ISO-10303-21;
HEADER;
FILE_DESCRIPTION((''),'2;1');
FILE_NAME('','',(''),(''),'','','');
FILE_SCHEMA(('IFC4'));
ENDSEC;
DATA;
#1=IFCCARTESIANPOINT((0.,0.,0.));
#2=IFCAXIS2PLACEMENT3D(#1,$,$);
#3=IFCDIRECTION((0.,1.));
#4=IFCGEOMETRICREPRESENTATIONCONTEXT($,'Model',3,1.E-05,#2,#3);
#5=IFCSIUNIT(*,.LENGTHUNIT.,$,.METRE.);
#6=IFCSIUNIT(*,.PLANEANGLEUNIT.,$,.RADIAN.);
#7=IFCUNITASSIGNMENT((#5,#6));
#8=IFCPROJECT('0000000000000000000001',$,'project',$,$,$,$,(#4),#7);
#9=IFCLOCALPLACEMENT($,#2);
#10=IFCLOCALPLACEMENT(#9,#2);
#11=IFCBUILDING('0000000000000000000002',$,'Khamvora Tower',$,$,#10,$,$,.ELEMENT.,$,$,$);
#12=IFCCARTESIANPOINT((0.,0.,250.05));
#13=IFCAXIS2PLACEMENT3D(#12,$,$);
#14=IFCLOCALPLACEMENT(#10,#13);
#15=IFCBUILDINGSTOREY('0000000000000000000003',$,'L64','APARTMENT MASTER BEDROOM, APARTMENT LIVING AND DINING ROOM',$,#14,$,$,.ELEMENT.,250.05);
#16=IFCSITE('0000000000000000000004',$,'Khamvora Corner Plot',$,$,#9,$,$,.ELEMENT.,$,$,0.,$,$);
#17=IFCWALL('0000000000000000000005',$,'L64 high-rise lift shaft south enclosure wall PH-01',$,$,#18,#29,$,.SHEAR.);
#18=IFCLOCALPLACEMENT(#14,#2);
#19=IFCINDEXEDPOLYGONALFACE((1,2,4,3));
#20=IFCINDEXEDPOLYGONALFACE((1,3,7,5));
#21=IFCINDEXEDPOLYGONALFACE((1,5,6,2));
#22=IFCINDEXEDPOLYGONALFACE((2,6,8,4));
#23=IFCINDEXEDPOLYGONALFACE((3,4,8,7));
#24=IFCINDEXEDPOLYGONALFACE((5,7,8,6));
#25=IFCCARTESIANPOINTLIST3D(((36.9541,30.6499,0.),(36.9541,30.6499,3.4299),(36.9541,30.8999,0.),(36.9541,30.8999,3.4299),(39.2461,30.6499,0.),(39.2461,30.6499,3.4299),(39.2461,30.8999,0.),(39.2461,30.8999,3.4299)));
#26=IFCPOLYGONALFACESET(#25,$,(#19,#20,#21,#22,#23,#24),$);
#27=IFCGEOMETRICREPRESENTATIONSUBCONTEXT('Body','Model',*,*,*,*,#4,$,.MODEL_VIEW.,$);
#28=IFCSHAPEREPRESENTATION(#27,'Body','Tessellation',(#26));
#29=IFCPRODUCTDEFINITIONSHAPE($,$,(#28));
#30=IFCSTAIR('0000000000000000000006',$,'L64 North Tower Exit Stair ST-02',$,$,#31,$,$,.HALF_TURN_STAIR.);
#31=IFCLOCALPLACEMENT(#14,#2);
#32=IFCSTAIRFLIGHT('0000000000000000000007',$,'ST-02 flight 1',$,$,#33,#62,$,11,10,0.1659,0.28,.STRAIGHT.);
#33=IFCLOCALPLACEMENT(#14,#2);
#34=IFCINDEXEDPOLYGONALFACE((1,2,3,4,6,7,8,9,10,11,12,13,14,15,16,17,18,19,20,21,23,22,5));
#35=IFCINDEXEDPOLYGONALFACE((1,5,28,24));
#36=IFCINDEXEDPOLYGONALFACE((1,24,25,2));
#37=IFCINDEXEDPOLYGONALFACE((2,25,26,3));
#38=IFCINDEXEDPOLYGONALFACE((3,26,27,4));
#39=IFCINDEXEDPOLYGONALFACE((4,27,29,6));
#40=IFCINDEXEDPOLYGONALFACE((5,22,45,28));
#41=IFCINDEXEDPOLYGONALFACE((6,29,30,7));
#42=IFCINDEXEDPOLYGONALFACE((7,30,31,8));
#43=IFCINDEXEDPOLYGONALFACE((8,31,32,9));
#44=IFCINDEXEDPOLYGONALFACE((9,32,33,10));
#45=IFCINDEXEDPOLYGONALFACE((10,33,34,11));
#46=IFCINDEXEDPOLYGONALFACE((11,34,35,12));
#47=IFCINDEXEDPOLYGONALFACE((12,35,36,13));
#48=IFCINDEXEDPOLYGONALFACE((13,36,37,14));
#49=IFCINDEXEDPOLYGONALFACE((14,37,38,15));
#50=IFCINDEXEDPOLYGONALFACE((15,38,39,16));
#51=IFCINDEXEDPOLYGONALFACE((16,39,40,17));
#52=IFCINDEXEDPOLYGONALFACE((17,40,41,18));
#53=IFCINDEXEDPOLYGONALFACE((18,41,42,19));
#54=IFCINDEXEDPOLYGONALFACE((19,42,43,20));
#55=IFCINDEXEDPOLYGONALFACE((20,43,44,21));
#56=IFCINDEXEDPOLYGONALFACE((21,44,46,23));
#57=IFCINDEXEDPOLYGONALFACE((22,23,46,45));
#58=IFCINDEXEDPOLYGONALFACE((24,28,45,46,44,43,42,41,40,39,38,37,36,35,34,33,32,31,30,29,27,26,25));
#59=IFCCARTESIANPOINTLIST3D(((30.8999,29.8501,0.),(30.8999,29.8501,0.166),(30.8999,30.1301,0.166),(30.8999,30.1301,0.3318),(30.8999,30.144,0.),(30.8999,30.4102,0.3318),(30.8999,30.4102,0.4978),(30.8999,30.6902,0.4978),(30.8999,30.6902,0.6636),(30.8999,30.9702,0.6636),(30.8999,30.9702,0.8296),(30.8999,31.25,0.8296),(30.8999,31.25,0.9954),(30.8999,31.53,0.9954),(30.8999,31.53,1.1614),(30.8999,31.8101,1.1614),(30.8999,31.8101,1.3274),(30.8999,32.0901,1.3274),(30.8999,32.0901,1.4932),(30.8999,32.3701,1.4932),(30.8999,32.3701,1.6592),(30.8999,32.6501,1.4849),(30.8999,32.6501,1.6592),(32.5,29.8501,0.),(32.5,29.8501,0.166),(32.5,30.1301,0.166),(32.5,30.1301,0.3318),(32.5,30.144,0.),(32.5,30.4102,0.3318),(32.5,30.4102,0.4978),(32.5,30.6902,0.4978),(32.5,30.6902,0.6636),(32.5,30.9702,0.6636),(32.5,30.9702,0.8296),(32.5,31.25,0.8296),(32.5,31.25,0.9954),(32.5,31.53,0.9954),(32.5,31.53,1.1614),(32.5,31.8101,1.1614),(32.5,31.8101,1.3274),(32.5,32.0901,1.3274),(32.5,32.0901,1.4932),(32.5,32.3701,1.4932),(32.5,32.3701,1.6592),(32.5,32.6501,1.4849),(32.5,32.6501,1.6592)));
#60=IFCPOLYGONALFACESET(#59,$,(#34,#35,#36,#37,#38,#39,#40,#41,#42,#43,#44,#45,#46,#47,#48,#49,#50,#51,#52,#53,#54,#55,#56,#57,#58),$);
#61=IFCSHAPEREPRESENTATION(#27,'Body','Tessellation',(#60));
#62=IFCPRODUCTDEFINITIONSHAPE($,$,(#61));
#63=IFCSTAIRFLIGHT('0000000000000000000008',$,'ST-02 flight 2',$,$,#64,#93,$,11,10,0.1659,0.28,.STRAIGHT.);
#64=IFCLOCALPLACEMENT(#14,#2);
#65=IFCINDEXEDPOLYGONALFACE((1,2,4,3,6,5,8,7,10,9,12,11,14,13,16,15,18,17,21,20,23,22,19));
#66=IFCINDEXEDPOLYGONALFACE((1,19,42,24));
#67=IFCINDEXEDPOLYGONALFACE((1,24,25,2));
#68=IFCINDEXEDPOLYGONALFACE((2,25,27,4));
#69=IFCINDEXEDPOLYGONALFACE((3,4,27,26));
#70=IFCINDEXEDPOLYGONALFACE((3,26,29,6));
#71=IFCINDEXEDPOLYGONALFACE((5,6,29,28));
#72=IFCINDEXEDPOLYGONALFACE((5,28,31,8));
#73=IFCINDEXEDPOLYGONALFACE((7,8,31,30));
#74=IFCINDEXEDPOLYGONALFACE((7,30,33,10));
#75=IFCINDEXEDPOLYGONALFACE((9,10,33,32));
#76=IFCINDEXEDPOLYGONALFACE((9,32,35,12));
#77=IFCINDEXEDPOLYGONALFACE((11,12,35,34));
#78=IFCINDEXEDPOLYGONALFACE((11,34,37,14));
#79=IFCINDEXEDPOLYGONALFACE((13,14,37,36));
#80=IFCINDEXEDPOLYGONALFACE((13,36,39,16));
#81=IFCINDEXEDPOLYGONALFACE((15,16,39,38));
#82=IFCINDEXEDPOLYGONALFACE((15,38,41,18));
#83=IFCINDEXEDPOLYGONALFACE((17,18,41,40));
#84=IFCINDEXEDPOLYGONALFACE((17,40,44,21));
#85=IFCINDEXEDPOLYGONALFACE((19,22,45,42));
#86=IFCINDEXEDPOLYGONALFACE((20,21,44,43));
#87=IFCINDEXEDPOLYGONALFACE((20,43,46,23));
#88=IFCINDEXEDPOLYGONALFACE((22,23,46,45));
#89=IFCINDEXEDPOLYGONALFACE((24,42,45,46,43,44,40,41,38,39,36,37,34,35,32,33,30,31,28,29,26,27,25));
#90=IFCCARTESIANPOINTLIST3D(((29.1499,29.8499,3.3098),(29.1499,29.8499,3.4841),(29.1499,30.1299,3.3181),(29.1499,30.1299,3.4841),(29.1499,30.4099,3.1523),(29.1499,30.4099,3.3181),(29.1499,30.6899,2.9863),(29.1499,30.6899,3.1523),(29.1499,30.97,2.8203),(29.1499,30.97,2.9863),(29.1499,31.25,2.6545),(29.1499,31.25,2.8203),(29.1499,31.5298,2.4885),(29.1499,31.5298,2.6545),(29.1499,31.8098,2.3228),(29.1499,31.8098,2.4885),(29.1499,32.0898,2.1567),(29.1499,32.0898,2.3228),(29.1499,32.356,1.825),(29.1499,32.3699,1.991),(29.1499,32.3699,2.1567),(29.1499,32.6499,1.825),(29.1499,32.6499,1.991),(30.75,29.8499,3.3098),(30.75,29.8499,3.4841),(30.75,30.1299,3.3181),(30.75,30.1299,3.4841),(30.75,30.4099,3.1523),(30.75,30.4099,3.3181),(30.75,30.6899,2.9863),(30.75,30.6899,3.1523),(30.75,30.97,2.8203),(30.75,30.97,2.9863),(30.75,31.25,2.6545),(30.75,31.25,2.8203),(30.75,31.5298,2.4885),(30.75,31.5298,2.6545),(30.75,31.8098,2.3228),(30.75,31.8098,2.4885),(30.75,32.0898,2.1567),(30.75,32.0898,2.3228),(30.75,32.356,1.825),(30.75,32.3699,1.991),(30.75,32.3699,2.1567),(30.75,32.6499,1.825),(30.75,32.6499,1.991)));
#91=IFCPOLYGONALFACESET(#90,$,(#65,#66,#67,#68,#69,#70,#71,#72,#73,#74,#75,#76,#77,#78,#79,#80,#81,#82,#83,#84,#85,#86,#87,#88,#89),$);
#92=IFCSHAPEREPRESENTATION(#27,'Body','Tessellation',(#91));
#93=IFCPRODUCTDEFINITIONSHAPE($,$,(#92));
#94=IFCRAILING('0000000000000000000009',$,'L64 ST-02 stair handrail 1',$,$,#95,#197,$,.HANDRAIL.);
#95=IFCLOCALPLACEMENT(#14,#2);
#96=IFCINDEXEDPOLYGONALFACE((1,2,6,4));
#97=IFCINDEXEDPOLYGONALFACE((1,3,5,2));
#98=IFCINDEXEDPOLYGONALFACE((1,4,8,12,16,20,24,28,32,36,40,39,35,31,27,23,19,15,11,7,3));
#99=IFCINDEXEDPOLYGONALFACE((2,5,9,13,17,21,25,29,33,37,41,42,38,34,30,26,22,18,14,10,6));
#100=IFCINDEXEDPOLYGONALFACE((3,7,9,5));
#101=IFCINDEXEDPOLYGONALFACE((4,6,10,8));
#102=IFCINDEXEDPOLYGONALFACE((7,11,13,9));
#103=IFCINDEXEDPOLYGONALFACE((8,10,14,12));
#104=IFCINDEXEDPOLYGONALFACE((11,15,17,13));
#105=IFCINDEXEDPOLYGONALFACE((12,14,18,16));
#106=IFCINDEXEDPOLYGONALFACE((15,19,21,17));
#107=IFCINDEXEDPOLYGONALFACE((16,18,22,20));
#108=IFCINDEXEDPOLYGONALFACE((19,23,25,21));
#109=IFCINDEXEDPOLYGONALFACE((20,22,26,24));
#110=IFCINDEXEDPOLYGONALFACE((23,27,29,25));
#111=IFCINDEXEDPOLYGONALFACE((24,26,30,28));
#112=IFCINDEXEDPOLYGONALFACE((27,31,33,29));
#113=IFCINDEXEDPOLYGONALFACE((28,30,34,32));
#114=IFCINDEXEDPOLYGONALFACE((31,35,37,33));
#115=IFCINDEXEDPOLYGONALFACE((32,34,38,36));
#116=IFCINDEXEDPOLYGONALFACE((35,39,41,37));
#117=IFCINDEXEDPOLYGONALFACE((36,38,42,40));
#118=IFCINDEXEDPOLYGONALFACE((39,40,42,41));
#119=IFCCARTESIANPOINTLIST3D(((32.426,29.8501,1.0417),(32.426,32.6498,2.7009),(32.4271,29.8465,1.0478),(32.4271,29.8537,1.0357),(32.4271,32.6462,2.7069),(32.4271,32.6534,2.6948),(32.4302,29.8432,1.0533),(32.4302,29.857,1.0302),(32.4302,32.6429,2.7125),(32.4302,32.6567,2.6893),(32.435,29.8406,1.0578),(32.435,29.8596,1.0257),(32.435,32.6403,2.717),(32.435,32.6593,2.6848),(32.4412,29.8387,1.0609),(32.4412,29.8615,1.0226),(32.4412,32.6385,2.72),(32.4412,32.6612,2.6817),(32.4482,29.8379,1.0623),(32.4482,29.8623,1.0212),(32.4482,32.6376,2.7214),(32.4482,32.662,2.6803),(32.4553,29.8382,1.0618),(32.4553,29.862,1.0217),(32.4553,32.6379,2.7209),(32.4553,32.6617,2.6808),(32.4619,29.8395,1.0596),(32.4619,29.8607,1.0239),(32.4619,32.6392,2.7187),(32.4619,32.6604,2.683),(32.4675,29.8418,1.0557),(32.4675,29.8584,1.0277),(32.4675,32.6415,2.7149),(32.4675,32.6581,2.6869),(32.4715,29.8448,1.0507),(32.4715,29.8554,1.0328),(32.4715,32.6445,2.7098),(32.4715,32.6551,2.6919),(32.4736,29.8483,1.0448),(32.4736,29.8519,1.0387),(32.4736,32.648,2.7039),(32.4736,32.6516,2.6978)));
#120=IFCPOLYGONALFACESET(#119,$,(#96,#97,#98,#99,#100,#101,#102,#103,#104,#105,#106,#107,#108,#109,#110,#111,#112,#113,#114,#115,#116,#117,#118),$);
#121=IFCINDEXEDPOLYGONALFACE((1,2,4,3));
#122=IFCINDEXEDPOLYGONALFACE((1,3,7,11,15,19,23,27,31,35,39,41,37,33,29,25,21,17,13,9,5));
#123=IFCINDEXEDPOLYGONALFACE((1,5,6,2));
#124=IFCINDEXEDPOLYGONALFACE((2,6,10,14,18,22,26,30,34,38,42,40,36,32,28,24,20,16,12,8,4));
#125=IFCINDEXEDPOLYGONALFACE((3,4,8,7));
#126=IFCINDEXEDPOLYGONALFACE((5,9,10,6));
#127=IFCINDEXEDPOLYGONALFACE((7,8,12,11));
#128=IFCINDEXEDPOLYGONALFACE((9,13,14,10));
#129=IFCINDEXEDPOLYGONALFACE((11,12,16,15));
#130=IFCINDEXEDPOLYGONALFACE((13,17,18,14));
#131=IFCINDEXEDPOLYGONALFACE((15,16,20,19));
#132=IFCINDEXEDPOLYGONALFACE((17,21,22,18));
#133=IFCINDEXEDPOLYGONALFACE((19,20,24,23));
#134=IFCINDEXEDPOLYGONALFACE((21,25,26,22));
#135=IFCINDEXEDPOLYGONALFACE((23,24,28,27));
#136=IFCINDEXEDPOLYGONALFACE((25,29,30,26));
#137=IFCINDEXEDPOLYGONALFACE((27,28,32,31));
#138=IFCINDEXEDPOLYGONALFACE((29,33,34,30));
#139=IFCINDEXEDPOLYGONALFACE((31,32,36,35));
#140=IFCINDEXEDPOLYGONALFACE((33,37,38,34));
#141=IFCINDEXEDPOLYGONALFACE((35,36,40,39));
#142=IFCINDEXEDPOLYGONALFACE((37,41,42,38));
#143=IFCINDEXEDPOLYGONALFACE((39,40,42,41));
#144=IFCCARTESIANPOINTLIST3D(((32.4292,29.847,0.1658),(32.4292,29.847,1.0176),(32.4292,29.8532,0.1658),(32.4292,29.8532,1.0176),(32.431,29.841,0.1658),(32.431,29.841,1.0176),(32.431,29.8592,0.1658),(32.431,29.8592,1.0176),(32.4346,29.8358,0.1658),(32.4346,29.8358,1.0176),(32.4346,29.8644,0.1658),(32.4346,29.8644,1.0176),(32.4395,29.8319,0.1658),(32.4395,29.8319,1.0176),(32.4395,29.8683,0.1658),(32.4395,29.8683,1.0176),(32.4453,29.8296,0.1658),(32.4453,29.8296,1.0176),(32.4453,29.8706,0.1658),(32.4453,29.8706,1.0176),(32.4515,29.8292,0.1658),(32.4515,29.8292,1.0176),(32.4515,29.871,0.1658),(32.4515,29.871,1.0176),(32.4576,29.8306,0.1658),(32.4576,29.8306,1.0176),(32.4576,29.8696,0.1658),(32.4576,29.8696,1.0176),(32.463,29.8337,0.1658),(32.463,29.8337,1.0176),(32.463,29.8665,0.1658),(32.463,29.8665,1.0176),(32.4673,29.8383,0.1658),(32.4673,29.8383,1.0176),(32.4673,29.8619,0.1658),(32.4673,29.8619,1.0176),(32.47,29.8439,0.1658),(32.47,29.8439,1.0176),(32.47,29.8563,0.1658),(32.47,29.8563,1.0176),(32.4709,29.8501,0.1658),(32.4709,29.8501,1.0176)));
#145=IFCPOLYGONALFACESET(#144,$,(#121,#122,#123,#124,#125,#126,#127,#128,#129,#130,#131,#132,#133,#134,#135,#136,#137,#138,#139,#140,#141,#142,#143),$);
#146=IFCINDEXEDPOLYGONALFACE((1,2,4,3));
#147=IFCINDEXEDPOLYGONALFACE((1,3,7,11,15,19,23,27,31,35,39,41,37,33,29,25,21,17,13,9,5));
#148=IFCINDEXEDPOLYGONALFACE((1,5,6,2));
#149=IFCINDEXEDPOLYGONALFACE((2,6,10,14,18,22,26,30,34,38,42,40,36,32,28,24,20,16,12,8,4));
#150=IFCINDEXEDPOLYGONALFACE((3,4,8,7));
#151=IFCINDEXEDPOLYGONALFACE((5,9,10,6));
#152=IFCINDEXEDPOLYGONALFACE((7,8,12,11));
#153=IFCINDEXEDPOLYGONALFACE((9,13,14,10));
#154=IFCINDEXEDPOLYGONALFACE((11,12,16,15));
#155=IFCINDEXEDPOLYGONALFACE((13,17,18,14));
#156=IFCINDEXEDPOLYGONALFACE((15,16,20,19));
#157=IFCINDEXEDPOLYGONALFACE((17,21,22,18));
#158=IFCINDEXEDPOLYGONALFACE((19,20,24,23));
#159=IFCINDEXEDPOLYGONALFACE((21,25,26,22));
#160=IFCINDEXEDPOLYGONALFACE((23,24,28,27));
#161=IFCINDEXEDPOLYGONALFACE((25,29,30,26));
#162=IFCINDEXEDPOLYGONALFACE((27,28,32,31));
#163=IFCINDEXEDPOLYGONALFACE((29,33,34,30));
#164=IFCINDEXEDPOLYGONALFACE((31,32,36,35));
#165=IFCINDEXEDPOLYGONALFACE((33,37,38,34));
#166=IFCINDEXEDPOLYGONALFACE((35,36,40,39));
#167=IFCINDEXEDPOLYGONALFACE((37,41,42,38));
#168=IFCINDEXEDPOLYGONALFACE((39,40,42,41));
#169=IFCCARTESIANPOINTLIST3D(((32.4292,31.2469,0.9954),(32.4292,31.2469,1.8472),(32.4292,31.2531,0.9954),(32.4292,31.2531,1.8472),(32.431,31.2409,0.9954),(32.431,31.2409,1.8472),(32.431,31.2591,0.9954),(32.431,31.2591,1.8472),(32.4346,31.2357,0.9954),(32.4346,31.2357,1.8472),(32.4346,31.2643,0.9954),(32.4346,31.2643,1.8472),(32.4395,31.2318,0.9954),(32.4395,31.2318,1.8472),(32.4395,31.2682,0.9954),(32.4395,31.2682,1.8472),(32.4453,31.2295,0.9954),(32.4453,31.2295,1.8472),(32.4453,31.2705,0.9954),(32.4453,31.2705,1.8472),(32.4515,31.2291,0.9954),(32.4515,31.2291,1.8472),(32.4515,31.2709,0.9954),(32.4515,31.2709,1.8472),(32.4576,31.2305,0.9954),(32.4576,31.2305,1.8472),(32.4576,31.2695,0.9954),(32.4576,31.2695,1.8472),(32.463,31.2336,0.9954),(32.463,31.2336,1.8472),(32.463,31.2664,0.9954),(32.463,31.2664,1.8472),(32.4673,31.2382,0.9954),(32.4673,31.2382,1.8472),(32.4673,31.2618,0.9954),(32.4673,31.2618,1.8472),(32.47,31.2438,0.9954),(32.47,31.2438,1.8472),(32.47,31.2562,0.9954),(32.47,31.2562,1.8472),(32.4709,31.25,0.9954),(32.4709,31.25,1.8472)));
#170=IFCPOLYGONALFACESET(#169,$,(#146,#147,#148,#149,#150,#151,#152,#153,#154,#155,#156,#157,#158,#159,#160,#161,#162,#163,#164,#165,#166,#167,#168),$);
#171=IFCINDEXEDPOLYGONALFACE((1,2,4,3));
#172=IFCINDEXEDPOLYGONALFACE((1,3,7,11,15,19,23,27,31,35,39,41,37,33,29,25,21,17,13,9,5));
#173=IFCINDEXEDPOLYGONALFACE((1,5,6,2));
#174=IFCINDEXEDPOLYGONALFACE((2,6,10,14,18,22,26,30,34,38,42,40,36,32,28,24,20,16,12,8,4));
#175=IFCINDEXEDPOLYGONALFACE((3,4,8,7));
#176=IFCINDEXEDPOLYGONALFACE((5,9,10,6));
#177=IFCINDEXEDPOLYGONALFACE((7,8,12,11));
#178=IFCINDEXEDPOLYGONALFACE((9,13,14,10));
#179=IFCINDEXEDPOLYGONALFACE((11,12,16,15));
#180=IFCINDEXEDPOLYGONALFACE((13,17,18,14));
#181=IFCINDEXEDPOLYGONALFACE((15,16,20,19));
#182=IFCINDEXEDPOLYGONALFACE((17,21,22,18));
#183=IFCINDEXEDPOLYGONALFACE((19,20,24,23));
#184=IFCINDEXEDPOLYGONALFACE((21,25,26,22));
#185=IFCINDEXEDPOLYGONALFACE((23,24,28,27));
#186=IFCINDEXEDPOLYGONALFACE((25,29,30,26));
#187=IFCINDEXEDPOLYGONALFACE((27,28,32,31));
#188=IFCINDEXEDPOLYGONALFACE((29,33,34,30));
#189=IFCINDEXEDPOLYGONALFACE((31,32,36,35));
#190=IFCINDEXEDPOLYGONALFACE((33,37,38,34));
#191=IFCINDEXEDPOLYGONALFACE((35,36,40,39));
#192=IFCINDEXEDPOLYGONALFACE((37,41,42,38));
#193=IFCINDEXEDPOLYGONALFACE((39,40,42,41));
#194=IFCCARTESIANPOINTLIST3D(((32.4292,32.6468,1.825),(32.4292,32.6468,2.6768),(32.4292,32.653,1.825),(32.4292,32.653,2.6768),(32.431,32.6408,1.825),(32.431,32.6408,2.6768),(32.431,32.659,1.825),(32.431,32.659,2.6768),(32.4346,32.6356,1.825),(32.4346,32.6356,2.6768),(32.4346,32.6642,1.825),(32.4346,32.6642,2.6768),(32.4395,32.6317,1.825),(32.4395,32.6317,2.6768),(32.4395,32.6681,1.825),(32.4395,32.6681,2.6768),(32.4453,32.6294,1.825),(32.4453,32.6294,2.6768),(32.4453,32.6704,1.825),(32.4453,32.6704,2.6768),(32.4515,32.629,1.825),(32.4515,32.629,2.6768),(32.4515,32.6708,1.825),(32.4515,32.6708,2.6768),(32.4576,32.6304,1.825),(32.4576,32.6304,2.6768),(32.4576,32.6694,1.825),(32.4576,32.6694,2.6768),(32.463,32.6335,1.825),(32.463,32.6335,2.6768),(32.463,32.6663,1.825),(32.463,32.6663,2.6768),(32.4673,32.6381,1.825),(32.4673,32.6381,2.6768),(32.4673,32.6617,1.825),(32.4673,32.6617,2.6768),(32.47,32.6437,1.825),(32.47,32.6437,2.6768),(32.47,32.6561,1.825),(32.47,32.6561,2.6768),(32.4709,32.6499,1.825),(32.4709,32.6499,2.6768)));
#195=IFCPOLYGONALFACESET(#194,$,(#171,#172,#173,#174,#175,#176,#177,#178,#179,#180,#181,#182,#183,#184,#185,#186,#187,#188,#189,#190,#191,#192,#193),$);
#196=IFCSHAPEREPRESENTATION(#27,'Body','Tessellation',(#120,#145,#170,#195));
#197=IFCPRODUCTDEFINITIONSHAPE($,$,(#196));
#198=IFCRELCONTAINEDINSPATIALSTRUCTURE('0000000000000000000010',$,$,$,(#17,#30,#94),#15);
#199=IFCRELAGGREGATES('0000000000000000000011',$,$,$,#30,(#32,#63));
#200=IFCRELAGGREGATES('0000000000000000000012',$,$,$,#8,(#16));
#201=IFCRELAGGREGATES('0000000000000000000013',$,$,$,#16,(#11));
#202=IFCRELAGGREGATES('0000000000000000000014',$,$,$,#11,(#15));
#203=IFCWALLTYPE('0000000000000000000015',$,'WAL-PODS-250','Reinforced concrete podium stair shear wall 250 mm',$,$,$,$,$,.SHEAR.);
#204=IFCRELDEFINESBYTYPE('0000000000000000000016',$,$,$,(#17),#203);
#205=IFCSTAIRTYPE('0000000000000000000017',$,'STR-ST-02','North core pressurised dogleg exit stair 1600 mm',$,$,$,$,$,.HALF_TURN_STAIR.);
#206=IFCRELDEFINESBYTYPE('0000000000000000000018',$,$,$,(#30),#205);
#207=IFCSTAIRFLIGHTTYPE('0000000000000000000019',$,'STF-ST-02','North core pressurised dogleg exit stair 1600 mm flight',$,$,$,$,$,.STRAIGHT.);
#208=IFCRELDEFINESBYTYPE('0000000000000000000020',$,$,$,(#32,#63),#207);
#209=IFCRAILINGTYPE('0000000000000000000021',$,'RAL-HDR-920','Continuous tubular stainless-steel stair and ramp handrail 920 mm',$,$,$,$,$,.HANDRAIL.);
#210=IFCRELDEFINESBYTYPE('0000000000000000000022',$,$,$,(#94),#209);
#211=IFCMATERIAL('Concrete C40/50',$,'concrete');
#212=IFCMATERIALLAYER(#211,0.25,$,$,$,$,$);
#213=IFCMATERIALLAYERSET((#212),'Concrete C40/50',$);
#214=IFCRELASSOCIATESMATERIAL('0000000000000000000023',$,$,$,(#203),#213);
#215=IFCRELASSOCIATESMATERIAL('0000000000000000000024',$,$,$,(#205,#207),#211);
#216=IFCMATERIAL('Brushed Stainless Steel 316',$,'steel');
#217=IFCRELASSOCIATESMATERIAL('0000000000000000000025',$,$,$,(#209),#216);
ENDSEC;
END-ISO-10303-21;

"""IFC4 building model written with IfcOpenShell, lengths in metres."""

from ifc_helpers import new_model, si_unit, direction, frame, frame_2d, origin, origin_2d, place, context, subcontext, project, spatial, polyline, rectangle, circle, outline, extrude, material, layer, layer_set, type_object, element, aggregate, save


model = new_model("IFC4")

# Units and contexts
model_context = context("Model", 3, precision=1e-05, world=origin(), true_north=direction((0.0, 1.0)))
body_context = subcontext(model_context, "Body", "Model", "MODEL_VIEW")
ifc_project = project(units=[si_unit("LENGTHUNIT", "METRE"), si_unit("PLANEANGLEUNIT", "RADIAN")], contexts=[model_context])

# Site, building, storey
site_placement = place(None, origin())
site = spatial("IfcSite", under=ifc_project, at=site_placement, Name="Khamvora Corner Plot", CompositionType="ELEMENT", RefElevation=0.0)
building_placement = place(site_placement, origin())
building = spatial("IfcBuilding", under=site, at=building_placement, Name="Khamvora Tower", CompositionType="ELEMENT")
storey_placement = place(building_placement, frame((0.0, 0.0, 250.05)))
storey = spatial("IfcBuildingStorey", under=building, at=storey_placement, Name="L64", Description="APARTMENT MASTER BEDROOM, APARTMENT LIVING AND DINING ROOM", CompositionType="ELEMENT", Elevation=250.05)

# Wall
ifc_material_1 = material(Name="Concrete C40/50", Category="concrete")
ifc_layer_1 = layer(ifc_material_1, 0.25)
ifc_layer_set_1 = layer_set([ifc_layer_1], Name="Concrete C40/50")
wall_type_1 = type_object("IfcWallType", Name="WAL-PODS-250", Description="Reinforced concrete podium stair shear wall 250 mm", PredefinedType="SHEAR", material=ifc_layer_set_1)
wall_1_placement = place(storey_placement, frame((36.9541, 30.7749, 0.0), z_axis=(0.0, 0.0, 1.0), x_axis=(1.0, 0.0, 0.0)))
element("IfcWall", 1, at=wall_1_placement, inside=storey, type_object=wall_type_1, Name="L64 high-rise lift shaft south enclosure wall PH-01", PredefinedType="SHEAR", context=body_context, shape_type="SweptSolid", body=[
    extrude(rectangle(XDim=2.292, YDim=0.25, at=frame_2d((1.146, 0.0))), origin(), (0.0, 0.0, 1.0), 3.4299),
])

# Stair, stair flights
stair_type = type_object("IfcStairType", Name="STR-ST-02", Description="North core pressurised dogleg exit stair 1600 mm", PredefinedType="HALF_TURN_STAIR", material=ifc_material_1)
stair_placement = place(storey_placement, origin())
stair = element("IfcStair", 2, at=stair_placement, inside=storey, type_object=stair_type, Name="L64 North Tower Exit Stair ST-02", PredefinedType="HALF_TURN_STAIR")
stair_flight_type = type_object("IfcStairFlightType", Name="STF-ST-02", Description="North core pressurised dogleg exit stair 1600 mm flight", PredefinedType="STRAIGHT", material=ifc_material_1)
stair_flight_1_placement = place(storey_placement, frame((31.7, 29.8501, 0.0), z_axis=(0.0, 0.0, 1.0), x_axis=(0.0, 1.0, 0.0)))
stair_flight_1 = element("IfcStairFlight", 3, at=stair_flight_1_placement, type_object=stair_flight_type, Name="ST-02 flight 1", NumberOfRisers=11, NumberOfTreads=10, PredefinedType="STRAIGHT", RiserHeight=0.1659, TreadLength=0.28, context=body_context, shape_type="SweptSolid", body=[
    extrude(outline(polyline([(0.0, 0.0), (0.0, 0.166), (0.28, 0.166), (0.28, 0.3318), (0.5601, 0.3318), (0.5601, 0.4978), (0.8401, 0.4978), (0.8401, 0.6636), (1.1201, 0.6636), (1.1201, 0.8296), (1.3999, 0.8296), (1.3999, 0.9954), (1.6799, 0.9954), (1.6799, 1.1614), (1.96, 1.1614), (1.96, 1.3274), (2.24, 1.3274), (2.24, 1.4932), (2.52, 1.4932), (2.52, 1.6592), (2.8, 1.6592), (2.8, 1.825), (2.8, 1.4849), (0.2939, 0.0), (0.0, 0.0)])), frame((0.0, 0.8, 0.0), z_axis=(0.0, -1.0, 0.0), x_axis=(1.0, 0.0, 0.0)), (0.0, 0.0, 1.0), 1.6001),
])
stair_flight_2_placement = place(storey_placement, frame((29.95, 32.6499, 1.825), z_axis=(0.0, 0.0, 1.0), x_axis=(0.0, -1.0, 0.0)))
stair_flight_2 = element("IfcStairFlight", 4, at=stair_flight_2_placement, type_object=stair_flight_type, Name="ST-02 flight 2", NumberOfRisers=11, NumberOfTreads=10, PredefinedType="STRAIGHT", RiserHeight=0.1659, TreadLength=0.28, context=body_context, shape_type="SweptSolid", body=[
    extrude(outline(polyline([(0.0, 0.0), (0.0, 0.166), (0.28, 0.166), (0.28, 0.3318), (0.5601, 0.3318), (0.5601, 0.4978), (0.8401, 0.4978), (0.8401, 0.6636), (1.1201, 0.6636), (1.1201, 0.8296), (1.3999, 0.8296), (1.3999, 0.9954), (1.6799, 0.9954), (1.6799, 1.1614), (1.96, 1.1614), (1.96, 1.3274), (2.24, 1.3274), (2.24, 1.4932), (2.52, 1.4932), (2.52, 1.6592), (2.8, 1.6592), (2.8, 1.825), (2.8, 1.4849), (0.2939, 0.0), (0.0, 0.0)])), frame((0.0, 0.8, 0.0), z_axis=(0.0, -1.0, 0.0), x_axis=(1.0, 0.0, 0.0)), (0.0, 0.0, 1.0), 1.6001),
])
aggregate(stair, [stair_flight_1, stair_flight_2])

# Railing
ifc_material_2 = material(Name="Brushed Stainless Steel 316", Category="steel")
railing_type_1 = type_object("IfcRailingType", Name="RAL-HDR-920", Description="Continuous tubular stainless-steel stair and ramp handrail 920 mm", PredefinedType="HANDRAIL", material=ifc_material_2)
railing_1_placement = place(storey_placement, frame((32.45, 29.8501, 0.1658)))
element("IfcRailing", 5, at=railing_1_placement, inside=storey, type_object=railing_type_1, Name="L64 ST-02 stair handrail 1", PredefinedType="HANDRAIL", context=body_context, shape_type="SweptSolid", body=[
    extrude(circle(Radius=0.0239, at=origin_2d()), frame((0.0, 0.0, 0.876), z_axis=(0.0, 0.860287, 0.509811), x_axis=(-1.0, 0.0, 0.0)), (0.0, 0.0, 1.0), 3.2544),
    extrude(circle(Radius=0.021, at=origin_2d()), origin(), (0.0, 0.0, 1.0), 0.8518),
    extrude(circle(Radius=0.021, at=origin_2d()), frame((0.0, 1.3999, 0.8296)), (0.0, 0.0, 1.0), 0.8518),
    extrude(circle(Radius=0.021, at=origin_2d()), frame((0.0, 2.7998, 1.6592)), (0.0, 0.0, 1.0), 0.8518),
])

save(model, "model.ifc")
